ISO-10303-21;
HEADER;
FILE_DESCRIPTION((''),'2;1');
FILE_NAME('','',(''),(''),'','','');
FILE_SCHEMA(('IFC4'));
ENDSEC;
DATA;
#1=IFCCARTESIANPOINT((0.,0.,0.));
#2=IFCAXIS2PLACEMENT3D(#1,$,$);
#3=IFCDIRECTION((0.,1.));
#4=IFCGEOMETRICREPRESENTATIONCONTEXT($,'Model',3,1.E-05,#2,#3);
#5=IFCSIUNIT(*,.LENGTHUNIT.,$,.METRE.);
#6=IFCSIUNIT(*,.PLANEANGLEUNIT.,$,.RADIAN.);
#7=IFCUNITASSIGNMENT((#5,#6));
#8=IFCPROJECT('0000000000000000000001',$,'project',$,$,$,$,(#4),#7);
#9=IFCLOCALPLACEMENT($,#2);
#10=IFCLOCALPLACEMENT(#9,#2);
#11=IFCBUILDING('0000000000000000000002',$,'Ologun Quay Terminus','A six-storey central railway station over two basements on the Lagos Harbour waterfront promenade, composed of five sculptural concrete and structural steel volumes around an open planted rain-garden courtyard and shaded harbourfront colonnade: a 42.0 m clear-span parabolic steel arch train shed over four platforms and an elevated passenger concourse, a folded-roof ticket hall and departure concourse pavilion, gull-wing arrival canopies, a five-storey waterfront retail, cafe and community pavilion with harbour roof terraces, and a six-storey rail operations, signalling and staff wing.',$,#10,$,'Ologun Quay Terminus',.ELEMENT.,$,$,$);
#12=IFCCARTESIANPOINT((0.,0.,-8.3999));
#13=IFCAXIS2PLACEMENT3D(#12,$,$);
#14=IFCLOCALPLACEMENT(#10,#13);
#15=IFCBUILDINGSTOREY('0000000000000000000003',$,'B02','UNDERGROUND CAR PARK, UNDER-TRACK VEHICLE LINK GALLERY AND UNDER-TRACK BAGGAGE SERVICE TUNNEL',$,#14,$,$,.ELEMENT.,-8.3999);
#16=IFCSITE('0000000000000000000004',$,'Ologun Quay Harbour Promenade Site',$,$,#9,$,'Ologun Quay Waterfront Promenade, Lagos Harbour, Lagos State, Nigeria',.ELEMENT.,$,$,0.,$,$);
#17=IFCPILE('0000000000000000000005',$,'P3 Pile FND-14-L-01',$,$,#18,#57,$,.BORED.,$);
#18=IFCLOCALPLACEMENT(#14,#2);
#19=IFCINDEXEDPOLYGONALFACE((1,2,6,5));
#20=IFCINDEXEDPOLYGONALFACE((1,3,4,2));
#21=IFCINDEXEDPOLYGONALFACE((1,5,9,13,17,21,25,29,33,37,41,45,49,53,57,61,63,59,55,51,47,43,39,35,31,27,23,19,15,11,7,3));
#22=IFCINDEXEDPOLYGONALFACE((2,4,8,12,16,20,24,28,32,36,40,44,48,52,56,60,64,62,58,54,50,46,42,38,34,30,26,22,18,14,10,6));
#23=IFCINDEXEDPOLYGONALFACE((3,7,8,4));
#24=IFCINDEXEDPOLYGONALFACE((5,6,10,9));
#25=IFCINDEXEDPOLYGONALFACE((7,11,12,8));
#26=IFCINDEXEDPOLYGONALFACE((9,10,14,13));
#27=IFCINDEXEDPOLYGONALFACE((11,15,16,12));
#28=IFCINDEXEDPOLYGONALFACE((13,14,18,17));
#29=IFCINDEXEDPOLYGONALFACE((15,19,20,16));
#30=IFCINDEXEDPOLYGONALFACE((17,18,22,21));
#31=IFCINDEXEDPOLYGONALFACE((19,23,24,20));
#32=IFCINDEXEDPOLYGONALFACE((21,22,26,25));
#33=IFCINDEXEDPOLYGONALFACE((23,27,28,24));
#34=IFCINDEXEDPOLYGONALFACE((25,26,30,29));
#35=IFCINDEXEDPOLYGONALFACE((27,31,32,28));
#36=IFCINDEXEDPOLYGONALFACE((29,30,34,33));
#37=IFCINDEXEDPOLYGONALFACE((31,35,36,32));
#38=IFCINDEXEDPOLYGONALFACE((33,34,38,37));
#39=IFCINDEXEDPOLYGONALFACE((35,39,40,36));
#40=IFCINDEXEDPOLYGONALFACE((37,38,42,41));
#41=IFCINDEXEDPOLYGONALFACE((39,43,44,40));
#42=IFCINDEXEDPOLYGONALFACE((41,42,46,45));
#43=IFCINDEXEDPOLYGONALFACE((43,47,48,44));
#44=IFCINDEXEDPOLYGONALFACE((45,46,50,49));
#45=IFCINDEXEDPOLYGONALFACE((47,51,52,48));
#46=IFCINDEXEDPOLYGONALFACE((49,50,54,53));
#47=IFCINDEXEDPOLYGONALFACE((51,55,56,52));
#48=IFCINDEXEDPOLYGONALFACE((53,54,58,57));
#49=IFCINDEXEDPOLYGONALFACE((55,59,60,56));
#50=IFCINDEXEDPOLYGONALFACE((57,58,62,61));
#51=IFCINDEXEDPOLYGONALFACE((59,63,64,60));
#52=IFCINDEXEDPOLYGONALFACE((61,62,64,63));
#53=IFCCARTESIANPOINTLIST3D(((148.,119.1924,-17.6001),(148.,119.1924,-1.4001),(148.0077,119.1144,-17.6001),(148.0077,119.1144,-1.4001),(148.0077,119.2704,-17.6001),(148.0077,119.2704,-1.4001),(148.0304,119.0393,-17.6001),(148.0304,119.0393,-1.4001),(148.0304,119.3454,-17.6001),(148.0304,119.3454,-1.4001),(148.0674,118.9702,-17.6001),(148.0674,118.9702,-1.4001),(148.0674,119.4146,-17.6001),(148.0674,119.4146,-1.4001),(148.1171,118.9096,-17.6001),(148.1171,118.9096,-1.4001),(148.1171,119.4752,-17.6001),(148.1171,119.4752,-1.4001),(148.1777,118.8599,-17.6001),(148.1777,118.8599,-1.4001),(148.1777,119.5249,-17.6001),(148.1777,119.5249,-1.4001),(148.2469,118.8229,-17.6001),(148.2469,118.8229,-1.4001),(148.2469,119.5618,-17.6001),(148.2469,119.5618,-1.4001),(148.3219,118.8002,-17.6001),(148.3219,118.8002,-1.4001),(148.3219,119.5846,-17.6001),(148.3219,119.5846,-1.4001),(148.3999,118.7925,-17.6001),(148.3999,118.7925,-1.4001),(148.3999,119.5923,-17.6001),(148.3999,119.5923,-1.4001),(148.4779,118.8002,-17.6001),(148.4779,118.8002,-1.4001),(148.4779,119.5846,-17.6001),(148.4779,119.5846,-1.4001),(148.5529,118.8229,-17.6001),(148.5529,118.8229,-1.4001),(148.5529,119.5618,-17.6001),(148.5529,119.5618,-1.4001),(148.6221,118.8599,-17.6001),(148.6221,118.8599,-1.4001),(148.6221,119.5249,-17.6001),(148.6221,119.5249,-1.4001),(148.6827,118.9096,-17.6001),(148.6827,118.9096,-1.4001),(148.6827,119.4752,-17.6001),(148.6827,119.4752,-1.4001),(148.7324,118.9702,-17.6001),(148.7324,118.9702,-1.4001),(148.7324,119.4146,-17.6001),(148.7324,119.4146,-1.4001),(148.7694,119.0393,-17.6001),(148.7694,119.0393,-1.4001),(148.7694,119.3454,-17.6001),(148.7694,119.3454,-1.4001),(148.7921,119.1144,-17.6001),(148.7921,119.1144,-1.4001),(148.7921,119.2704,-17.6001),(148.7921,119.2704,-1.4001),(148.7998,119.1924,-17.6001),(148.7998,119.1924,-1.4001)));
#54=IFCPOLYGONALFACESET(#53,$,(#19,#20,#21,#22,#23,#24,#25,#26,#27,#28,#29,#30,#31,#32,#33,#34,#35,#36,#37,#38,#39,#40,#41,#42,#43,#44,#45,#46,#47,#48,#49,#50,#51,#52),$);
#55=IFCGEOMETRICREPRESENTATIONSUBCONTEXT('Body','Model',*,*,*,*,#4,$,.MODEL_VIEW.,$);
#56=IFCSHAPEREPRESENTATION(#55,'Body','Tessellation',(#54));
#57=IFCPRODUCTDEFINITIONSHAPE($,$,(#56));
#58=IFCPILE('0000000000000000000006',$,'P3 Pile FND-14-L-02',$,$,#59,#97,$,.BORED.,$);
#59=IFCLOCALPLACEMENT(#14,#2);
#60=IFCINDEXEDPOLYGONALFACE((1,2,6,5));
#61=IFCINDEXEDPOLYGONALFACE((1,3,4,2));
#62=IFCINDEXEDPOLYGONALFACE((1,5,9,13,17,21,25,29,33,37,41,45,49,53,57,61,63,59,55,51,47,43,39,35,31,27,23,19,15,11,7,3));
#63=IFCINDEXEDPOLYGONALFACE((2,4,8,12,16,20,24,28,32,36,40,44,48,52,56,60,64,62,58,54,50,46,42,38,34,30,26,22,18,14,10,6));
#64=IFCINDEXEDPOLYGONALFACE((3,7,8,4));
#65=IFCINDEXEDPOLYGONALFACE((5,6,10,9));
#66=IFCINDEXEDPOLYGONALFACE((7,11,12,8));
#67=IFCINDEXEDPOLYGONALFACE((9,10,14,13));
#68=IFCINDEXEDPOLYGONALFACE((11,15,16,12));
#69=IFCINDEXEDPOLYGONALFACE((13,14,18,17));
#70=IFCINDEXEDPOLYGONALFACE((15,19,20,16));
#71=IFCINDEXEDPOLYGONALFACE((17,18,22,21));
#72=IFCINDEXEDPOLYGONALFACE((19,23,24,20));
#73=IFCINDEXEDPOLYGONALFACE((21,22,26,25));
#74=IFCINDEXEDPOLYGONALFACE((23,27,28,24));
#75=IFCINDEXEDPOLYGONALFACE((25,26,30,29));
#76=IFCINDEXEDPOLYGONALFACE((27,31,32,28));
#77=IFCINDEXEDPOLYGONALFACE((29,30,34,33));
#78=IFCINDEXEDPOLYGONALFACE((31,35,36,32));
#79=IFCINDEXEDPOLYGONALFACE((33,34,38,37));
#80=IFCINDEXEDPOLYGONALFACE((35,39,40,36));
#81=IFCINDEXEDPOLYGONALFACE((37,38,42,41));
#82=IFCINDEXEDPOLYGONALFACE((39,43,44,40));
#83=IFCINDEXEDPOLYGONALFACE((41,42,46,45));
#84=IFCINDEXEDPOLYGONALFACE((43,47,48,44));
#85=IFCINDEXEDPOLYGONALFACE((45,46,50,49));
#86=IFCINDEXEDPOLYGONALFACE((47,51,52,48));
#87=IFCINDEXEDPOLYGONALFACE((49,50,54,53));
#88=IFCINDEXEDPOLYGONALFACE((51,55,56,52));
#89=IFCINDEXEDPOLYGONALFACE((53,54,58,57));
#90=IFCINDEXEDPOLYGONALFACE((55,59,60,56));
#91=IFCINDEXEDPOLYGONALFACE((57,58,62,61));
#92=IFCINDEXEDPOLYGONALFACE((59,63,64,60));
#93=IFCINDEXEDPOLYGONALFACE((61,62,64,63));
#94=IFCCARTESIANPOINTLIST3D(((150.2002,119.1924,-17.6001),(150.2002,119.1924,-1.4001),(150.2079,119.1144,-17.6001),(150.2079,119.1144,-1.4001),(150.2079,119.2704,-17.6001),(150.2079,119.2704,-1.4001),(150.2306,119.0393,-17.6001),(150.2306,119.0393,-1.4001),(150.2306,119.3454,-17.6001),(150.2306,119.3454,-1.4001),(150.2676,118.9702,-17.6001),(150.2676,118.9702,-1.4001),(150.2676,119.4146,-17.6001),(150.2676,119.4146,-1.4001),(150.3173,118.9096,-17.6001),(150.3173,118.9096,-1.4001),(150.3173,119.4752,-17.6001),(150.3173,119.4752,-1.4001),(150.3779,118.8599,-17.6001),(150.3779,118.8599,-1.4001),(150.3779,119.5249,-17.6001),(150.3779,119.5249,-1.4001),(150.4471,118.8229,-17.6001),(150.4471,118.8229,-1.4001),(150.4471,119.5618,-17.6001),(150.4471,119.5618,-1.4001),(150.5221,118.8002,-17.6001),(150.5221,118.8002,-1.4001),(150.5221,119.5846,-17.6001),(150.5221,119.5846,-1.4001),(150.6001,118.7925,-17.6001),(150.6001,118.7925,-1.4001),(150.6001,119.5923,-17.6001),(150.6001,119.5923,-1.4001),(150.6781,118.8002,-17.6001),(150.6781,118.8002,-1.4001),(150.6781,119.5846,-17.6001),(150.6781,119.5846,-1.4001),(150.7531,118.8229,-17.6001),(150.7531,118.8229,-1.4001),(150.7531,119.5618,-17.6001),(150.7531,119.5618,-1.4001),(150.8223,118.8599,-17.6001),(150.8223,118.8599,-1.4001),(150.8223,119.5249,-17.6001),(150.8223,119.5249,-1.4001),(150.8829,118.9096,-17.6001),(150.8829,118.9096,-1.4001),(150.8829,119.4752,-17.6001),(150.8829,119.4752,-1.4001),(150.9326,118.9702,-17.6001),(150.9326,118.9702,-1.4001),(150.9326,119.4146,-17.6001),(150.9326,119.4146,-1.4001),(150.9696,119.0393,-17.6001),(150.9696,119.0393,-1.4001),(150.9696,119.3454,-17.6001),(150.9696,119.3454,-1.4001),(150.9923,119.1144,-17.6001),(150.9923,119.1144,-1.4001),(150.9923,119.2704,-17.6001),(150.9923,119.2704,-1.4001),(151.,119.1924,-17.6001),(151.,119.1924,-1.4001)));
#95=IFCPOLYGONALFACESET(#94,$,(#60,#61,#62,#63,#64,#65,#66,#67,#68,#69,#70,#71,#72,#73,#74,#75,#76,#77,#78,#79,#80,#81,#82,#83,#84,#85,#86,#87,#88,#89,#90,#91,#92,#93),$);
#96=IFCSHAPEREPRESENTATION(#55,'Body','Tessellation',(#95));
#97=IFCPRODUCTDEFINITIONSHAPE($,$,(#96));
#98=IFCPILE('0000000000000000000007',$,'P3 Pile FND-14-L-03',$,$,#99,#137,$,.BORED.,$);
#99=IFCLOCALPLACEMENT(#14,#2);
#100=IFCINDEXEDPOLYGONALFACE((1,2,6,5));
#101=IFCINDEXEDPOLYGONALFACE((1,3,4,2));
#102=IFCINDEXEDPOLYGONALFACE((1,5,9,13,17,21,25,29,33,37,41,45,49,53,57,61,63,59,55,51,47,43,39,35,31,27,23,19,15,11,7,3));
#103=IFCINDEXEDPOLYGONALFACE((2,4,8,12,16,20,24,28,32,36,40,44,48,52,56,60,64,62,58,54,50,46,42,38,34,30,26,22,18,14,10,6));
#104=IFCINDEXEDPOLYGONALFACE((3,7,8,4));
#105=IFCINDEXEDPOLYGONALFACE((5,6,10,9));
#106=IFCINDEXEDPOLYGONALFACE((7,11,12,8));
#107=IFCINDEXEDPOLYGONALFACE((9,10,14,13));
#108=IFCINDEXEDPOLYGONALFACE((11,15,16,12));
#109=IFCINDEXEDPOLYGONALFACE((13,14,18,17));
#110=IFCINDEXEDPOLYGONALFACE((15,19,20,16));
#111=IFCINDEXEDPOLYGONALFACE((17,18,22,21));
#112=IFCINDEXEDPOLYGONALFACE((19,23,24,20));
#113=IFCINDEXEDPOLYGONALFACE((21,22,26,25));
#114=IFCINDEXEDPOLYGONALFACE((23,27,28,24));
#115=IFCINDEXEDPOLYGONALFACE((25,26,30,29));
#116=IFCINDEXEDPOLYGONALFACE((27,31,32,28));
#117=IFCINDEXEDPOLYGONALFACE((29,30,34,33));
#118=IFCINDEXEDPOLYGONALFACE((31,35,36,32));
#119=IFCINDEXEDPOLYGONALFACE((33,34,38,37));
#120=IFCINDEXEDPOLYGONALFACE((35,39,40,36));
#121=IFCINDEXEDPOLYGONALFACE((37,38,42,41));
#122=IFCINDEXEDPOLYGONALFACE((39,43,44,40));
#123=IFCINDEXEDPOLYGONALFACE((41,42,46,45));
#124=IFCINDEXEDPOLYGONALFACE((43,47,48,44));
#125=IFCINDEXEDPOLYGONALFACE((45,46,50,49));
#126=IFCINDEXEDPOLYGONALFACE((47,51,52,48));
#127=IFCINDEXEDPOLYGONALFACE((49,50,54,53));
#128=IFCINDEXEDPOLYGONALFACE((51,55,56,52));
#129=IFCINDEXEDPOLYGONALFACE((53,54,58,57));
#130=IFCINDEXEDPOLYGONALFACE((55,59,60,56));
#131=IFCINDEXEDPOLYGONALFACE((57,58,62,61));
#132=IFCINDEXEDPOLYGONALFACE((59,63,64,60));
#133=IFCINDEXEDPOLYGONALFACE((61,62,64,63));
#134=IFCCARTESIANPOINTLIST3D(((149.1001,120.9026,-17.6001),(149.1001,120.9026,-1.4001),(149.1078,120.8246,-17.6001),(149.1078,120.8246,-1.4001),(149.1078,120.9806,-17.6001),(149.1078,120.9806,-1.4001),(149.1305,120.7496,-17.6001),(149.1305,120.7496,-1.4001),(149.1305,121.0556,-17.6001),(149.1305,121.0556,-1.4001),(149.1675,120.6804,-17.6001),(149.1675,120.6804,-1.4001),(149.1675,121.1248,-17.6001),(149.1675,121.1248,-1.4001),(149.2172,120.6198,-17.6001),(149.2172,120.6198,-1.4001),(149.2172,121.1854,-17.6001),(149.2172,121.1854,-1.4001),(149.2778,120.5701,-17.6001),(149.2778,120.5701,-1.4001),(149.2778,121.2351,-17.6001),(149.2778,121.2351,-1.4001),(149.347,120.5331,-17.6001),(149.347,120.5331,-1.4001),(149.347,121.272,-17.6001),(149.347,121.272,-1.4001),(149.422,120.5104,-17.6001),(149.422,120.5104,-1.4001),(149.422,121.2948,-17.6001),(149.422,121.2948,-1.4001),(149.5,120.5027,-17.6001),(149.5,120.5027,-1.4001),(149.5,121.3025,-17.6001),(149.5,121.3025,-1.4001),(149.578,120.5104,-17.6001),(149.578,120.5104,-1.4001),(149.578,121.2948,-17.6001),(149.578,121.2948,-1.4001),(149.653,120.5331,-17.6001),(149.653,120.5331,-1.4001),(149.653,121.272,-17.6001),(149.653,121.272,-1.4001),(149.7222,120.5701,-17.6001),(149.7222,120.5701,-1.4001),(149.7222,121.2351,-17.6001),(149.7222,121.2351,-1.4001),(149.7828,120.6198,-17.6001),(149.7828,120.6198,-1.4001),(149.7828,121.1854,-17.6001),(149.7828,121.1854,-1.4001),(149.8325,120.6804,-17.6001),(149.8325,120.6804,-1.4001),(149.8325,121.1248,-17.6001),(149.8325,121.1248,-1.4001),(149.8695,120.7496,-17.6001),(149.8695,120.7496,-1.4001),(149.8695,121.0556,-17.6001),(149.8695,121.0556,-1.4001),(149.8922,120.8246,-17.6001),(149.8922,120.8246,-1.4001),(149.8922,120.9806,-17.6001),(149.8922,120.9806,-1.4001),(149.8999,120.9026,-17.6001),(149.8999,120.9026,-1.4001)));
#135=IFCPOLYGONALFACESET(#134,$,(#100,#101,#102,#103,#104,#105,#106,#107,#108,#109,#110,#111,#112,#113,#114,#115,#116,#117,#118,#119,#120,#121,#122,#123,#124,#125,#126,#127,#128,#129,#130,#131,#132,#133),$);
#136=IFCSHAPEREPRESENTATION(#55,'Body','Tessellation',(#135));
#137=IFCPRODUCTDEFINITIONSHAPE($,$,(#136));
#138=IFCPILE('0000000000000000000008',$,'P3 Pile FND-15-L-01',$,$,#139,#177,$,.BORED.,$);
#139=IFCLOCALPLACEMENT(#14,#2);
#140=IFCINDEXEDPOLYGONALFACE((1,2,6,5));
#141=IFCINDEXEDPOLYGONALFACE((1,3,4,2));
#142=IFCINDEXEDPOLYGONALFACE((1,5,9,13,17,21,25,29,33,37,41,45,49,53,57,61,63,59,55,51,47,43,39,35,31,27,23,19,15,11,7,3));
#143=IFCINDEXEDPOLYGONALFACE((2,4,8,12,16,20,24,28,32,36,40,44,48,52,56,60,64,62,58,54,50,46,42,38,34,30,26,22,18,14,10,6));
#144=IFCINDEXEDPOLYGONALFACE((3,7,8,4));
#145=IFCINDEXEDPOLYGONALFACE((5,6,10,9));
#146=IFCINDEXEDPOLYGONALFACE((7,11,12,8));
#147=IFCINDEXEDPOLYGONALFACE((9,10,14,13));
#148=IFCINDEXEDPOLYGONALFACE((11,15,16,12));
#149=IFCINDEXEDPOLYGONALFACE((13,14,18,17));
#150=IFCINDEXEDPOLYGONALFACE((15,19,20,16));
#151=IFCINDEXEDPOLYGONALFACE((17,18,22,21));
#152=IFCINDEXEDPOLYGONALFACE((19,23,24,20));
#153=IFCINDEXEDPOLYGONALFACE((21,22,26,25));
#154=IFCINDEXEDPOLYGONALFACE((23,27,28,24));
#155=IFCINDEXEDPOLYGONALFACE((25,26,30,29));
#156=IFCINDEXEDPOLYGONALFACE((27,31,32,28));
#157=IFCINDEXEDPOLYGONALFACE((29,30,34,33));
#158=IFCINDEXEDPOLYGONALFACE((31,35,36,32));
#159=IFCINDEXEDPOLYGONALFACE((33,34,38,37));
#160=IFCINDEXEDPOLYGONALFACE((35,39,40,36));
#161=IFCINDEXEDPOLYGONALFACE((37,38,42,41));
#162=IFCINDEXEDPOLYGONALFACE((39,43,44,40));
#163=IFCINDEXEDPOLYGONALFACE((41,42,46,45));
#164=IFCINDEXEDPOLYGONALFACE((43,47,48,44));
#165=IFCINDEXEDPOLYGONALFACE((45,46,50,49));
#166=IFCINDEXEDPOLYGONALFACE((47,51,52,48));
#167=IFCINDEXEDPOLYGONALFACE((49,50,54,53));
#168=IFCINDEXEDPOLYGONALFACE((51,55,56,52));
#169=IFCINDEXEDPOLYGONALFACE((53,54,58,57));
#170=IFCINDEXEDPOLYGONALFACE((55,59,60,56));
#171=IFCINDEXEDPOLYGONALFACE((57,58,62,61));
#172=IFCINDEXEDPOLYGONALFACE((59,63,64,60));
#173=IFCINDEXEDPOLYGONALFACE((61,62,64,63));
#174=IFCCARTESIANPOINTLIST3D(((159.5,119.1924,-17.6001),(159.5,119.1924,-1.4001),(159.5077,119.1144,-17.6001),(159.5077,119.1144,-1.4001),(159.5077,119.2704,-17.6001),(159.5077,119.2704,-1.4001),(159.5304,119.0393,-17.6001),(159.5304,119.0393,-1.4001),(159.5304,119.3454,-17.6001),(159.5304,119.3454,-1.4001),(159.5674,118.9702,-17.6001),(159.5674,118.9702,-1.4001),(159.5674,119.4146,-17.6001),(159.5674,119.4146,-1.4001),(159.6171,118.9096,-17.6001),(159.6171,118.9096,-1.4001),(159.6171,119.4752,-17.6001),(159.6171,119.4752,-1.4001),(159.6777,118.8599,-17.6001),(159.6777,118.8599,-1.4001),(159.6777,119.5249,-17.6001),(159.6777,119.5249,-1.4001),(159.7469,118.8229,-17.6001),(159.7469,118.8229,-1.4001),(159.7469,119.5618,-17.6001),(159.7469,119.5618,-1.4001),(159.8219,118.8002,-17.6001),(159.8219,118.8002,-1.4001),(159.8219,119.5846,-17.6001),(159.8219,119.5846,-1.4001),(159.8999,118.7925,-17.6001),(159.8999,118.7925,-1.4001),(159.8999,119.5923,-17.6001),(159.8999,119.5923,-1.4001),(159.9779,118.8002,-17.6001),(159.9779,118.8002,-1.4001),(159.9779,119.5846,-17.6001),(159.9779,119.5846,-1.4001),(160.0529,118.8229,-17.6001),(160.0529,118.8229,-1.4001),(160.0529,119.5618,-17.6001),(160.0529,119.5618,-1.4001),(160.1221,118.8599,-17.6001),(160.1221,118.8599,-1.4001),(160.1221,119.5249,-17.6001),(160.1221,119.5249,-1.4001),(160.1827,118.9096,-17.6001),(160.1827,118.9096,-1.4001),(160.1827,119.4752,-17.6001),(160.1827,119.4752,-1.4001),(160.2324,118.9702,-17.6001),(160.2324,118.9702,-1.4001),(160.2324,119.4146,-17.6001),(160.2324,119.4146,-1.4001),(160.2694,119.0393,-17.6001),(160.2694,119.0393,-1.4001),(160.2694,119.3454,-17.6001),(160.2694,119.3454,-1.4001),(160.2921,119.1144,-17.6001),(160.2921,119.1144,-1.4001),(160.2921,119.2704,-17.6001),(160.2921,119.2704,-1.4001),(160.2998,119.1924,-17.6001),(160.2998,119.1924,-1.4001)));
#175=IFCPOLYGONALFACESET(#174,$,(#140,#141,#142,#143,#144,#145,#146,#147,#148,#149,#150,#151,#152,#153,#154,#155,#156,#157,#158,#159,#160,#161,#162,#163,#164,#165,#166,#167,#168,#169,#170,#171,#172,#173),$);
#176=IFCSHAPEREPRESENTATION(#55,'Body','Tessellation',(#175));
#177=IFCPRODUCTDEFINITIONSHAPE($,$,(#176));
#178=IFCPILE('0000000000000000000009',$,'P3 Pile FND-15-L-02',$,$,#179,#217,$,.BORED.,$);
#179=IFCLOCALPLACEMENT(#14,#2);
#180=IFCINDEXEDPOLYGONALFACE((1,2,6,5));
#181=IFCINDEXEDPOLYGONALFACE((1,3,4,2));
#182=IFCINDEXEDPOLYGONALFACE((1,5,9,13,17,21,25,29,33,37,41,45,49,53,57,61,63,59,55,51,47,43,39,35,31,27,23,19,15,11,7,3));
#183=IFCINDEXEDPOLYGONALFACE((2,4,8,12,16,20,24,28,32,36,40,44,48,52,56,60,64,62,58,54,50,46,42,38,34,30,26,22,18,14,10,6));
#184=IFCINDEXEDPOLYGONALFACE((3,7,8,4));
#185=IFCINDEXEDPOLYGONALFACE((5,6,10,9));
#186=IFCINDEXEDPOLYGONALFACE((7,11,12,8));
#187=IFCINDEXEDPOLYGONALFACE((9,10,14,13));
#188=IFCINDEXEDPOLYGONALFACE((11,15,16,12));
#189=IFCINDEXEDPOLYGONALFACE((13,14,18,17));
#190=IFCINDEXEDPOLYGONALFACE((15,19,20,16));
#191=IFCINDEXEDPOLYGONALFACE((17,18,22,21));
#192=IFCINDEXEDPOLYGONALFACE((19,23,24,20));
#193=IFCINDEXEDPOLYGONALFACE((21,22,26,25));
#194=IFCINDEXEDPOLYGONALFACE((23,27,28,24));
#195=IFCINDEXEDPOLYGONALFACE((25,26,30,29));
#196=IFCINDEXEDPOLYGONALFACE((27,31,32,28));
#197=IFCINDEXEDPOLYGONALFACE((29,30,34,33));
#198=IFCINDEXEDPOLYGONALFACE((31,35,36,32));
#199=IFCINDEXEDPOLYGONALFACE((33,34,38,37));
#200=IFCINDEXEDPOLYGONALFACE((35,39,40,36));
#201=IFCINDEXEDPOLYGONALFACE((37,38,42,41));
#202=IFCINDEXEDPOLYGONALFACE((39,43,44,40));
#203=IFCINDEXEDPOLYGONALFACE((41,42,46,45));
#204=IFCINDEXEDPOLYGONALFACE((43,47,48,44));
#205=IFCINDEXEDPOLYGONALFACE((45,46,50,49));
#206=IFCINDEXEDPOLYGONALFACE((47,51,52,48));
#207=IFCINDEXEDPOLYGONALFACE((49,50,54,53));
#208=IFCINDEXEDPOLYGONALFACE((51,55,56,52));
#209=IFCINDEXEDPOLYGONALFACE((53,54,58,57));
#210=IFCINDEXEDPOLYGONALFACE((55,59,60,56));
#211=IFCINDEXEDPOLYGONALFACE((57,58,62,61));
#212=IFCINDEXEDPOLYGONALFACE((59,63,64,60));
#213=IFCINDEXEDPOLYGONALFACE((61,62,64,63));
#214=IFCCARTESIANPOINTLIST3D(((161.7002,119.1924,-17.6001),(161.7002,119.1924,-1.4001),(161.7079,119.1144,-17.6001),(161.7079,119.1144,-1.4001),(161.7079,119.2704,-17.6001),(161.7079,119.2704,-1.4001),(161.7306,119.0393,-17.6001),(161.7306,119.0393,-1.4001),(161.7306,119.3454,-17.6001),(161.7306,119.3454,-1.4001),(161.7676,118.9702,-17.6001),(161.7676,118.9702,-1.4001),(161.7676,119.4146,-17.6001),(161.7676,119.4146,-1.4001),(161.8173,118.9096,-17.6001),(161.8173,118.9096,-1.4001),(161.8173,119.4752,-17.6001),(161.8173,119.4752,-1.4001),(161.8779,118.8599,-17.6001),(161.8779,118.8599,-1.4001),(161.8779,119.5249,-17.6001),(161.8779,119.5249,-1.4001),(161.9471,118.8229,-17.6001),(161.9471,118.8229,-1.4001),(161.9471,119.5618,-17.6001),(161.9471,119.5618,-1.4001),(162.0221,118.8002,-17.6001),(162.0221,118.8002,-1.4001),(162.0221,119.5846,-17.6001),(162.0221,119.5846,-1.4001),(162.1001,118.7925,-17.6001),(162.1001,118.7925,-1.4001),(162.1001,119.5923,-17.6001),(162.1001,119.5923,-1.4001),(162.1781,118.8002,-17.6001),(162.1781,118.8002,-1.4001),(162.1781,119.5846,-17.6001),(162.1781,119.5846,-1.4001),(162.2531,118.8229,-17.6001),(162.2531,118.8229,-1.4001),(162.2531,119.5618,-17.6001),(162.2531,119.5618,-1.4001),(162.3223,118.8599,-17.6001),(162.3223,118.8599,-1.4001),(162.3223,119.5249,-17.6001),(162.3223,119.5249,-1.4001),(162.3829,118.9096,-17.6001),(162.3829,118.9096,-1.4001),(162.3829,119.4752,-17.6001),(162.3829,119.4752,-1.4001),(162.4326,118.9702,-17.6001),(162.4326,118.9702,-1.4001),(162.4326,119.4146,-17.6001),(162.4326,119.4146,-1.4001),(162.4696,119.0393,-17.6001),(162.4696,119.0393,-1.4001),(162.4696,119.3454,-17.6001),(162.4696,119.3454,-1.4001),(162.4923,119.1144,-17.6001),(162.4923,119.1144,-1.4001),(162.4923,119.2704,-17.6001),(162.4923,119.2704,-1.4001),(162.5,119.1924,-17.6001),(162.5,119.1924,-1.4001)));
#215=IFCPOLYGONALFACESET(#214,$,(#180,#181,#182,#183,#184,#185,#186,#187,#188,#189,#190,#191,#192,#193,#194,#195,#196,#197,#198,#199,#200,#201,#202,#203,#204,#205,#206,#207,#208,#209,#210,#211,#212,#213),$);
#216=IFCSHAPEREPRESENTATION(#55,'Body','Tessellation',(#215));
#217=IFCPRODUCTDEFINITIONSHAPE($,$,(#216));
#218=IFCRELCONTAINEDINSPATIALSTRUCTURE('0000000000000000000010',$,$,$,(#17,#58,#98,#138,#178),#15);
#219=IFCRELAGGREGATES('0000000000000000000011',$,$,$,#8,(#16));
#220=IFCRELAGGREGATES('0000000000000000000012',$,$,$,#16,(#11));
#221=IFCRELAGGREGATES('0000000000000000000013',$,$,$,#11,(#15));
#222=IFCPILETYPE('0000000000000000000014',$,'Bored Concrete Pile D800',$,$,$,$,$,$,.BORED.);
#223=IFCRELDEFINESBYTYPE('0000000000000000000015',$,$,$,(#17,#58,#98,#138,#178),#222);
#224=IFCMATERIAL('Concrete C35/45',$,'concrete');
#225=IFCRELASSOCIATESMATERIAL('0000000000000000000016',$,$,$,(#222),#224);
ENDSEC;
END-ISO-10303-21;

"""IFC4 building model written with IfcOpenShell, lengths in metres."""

from ifc_helpers import new_model, si_unit, direction, frame, origin, origin_2d, place, context, subcontext, project, spatial, circle, extrude, material, material_profile, profile_set, type_object, element, save


model = new_model("IFC4")

# Units and contexts
model_context = context("Model", 3, precision=1e-05, world=origin(), true_north=direction((0.0, 1.0)))
body_context = subcontext(model_context, "Body", "Model", "MODEL_VIEW")
ifc_project = project(units=[si_unit("LENGTHUNIT", "METRE"), si_unit("PLANEANGLEUNIT", "RADIAN")], contexts=[model_context])

# Site, building, storey
site_placement = place(None, origin())
site = spatial("IfcSite", under=ifc_project, at=site_placement, Name="Ologun Quay Harbour Promenade Site", LongName="Ologun Quay Waterfront Promenade, Lagos Harbour, Lagos State, Nigeria", CompositionType="ELEMENT", RefElevation=0.0)
building_placement = place(site_placement, origin())
building = spatial("IfcBuilding", under=site, at=building_placement, Name="Ologun Quay Terminus", Description="A six-storey central railway station over two basements on the Lagos Harbour waterfront promenade, composed of five sculptural concrete and structural steel volumes around an open planted rain-garden courtyard and shaded harbourfront colonnade: a 42.0 m clear-span parabolic steel arch train shed over four platforms and an elevated passenger concourse, a folded-roof ticket hall and departure concourse pavilion, gull-wing arrival canopies, a five-storey waterfront retail, cafe and community pavilion with harbour roof terraces, and a six-storey rail operations, signalling and staff wing.", LongName="Ologun Quay Terminus", CompositionType="ELEMENT")
storey_placement = place(building_placement, frame((0.0, 0.0, -8.3999)))
storey = spatial("IfcBuildingStorey", under=building, at=storey_placement, Name="B02", Description="UNDERGROUND CAR PARK, UNDER-TRACK VEHICLE LINK GALLERY AND UNDER-TRACK BAGGAGE SERVICE TUNNEL", CompositionType="ELEMENT", Elevation=-8.3999)

# Piles
ifc_material_1 = material(Name="Concrete C35/45", Category="concrete")
ifc_material_profile_1 = material_profile(ifc_material_1, circle(Radius=0.3999, at=origin_2d()), Name="PILE D800")
ifc_profile_set_1 = profile_set([ifc_material_profile_1], Name="Concrete C35/45")
pile_type_1 = type_object("IfcPileType", Name="Bored Concrete Pile D800", PredefinedType="BORED", material=ifc_profile_set_1)
for number, where, z_axis, x_axis, name in (
    (1, (148.3999, 119.1924, -1.4001), (0.0, 0.0, -1.0), (1.0, 0.0, 0.0), "P3 Pile FND-14-L-01"),
    (2, (150.6001, 119.1924, -1.4001), (0.0, 0.0, -1.0), (1.0, 0.0, 0.0), "P3 Pile FND-14-L-02"),
    (3, (149.5, 120.9026, -1.4001), (0.0, 0.0, -1.0), (1.0, 0.0, 0.0), "P3 Pile FND-14-L-03"),
    (4, (159.8999, 119.1924, -1.4001), (0.0, 0.0, -1.0), (1.0, 0.0, 0.0), "P3 Pile FND-15-L-01"),
    (5, (162.1001, 119.1924, -1.4001), (0.0, 0.0, -1.0), (1.0, 0.0, 0.0), "P3 Pile FND-15-L-02"),
):
    element("IfcPile", number, at=place(storey_placement, frame(where, z_axis=z_axis, x_axis=x_axis)), inside=storey, type_object=pile_type_1, Name=name, PredefinedType="BORED", context=body_context, shape_type="SweptSolid", body=[
        extrude(circle(Radius=0.3999, at=origin_2d()), origin(), (0.0, 0.0, 1.0), 16.2),
    ])

save(model, "model.ifc")
